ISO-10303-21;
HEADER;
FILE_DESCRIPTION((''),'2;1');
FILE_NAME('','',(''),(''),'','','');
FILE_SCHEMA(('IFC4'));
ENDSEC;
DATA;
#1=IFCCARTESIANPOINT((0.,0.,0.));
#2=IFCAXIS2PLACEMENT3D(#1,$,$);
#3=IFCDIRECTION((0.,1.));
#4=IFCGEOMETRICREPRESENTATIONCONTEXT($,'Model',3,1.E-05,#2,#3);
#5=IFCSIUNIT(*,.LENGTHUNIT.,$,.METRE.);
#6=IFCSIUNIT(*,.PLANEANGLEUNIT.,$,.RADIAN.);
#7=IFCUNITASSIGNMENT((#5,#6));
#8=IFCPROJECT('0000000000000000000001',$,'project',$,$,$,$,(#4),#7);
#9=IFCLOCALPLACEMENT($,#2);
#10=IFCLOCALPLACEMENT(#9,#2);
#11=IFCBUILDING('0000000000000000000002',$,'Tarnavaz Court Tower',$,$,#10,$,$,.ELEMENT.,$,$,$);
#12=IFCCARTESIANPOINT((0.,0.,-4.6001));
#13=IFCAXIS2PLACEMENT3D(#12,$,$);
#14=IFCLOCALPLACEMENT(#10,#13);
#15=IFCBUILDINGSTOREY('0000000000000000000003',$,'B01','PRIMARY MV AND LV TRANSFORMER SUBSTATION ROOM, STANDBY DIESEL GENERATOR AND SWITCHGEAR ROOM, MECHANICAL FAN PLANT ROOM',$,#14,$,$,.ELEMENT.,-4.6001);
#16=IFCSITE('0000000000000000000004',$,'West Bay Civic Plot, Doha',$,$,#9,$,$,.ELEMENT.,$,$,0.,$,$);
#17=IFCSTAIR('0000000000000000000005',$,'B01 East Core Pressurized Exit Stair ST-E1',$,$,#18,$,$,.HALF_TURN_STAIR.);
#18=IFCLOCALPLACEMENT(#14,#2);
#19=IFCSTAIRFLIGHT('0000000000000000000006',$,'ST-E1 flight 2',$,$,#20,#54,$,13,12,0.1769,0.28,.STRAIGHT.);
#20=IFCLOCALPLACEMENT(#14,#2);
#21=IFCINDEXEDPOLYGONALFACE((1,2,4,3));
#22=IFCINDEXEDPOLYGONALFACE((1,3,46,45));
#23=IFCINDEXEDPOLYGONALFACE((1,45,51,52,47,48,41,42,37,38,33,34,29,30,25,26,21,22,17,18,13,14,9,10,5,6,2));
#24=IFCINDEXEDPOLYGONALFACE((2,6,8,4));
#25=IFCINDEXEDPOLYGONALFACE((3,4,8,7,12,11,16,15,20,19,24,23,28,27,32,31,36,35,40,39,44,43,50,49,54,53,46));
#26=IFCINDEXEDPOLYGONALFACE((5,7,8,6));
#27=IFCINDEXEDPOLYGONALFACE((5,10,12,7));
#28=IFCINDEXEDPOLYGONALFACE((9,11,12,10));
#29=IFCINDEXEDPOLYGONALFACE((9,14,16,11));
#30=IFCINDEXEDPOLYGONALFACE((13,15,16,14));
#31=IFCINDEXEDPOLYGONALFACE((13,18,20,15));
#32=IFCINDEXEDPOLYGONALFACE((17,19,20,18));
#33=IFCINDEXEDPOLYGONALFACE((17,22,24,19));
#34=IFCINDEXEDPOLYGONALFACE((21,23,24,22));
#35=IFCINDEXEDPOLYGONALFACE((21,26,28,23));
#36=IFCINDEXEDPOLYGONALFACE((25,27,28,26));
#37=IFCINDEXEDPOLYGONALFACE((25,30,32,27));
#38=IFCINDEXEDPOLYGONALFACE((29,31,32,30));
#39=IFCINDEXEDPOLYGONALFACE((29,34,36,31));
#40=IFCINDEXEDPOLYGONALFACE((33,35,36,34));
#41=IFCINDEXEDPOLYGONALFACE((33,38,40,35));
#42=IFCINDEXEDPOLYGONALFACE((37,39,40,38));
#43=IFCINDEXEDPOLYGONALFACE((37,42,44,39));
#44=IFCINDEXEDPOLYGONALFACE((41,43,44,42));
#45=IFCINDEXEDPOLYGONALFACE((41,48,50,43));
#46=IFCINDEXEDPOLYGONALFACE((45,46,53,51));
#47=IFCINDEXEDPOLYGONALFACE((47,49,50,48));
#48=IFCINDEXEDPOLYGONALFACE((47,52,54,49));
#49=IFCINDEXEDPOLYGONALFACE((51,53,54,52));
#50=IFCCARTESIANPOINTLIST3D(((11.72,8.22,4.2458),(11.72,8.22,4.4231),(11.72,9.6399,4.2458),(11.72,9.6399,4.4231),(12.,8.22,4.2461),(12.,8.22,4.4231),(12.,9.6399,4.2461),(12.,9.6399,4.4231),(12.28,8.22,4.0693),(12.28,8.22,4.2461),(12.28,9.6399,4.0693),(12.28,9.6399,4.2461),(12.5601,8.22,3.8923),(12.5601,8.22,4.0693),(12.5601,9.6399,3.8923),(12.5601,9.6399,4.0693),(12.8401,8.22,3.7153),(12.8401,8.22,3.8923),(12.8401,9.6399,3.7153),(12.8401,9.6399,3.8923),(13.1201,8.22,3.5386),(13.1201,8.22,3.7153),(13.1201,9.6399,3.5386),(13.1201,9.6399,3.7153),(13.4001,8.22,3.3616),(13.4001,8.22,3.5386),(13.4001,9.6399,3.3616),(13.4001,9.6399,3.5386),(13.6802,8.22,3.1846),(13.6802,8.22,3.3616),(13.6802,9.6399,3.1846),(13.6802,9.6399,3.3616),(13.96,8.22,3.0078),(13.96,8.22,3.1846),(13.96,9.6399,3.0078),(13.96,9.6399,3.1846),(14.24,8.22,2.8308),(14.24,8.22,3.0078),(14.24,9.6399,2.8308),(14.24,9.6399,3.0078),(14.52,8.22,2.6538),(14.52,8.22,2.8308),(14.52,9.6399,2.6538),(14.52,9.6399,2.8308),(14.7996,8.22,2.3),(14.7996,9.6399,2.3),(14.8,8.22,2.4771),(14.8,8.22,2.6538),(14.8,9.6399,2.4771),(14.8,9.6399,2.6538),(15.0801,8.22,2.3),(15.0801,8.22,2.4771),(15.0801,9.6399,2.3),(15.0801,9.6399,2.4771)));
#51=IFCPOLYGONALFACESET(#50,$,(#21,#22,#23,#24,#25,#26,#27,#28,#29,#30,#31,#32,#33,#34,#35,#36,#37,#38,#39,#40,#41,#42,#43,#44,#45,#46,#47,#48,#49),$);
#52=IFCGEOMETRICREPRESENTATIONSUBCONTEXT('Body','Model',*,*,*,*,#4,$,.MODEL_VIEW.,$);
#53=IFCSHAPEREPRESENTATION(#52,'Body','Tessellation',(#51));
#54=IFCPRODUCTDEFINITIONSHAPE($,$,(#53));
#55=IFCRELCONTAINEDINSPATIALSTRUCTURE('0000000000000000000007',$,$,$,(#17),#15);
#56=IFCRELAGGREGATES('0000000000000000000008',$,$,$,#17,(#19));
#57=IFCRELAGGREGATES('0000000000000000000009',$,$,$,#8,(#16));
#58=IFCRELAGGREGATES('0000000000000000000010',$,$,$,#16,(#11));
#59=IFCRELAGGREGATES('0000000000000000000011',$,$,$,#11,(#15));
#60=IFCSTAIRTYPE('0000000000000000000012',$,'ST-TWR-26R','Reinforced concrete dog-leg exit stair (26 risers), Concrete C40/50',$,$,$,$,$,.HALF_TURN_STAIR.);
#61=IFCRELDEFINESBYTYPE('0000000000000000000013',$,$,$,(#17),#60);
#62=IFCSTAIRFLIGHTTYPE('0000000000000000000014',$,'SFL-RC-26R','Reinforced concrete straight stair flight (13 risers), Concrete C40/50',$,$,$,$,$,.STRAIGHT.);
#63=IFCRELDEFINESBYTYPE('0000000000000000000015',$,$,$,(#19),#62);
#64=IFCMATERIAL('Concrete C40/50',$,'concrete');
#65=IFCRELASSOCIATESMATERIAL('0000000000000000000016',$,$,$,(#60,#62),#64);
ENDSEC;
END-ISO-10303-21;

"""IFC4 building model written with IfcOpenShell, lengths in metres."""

from ifc_helpers import new_model, si_unit, direction, frame, origin, place, context, subcontext, project, spatial, polyline, outline, extrude, material, type_object, element, aggregate, save


model = new_model("IFC4")

# Units and contexts
model_context = context("Model", 3, precision=1e-05, world=origin(), true_north=direction((0.0, 1.0)))
body_context = subcontext(model_context, "Body", "Model", "MODEL_VIEW")
ifc_project = project(units=[si_unit("LENGTHUNIT", "METRE"), si_unit("PLANEANGLEUNIT", "RADIAN")], contexts=[model_context])

# Site, building, storey
site_placement = place(None, origin())
site = spatial("IfcSite", under=ifc_project, at=site_placement, Name="West Bay Civic Plot, Doha", CompositionType="ELEMENT", RefElevation=0.0)
building_placement = place(site_placement, origin())
building = spatial("IfcBuilding", under=site, at=building_placement, Name="Tarnavaz Court Tower", CompositionType="ELEMENT")
storey_placement = place(building_placement, frame((0.0, 0.0, -4.6001)))
storey = spatial("IfcBuildingStorey", under=building, at=storey_placement, Name="B01", Description="PRIMARY MV AND LV TRANSFORMER SUBSTATION ROOM, STANDBY DIESEL GENERATOR AND SWITCHGEAR ROOM, MECHANICAL FAN PLANT ROOM", CompositionType="ELEMENT", Elevation=-4.6001)

# Stair, stair flight
ifc_material_1 = material(Name="Concrete C40/50", Category="concrete")
stair_type = type_object("IfcStairType", Name="ST-TWR-26R", Description="Reinforced concrete dog-leg exit stair (26 risers), Concrete C40/50", PredefinedType="HALF_TURN_STAIR", material=ifc_material_1)
stair_placement = place(storey_placement, origin())
stair = element("IfcStair", 1, at=stair_placement, inside=storey, type_object=stair_type, Name="B01 East Core Pressurized Exit Stair ST-E1", PredefinedType="HALF_TURN_STAIR")
stair_flight_type = type_object("IfcStairFlightType", Name="SFL-RC-26R", Description="Reinforced concrete straight stair flight (13 risers), Concrete C40/50", PredefinedType="STRAIGHT", material=ifc_material_1)
stair_flight_placement = place(storey_placement, frame((15.0801, 8.9299, 2.3), z_axis=(0.0, 0.0, 1.0), x_axis=(-1.0, 0.0, 0.0)))
stair_flight = element("IfcStairFlight", 2, at=stair_flight_placement, type_object=stair_flight_type, Name="ST-E1 flight 2", NumberOfRisers=13, NumberOfTreads=12, PredefinedType="STRAIGHT", RiserHeight=0.1769, TreadLength=0.28, context=body_context, shape_type="SweptSolid", body=[
    extrude(outline(polyline([(0.0, 0.0), (0.0, 0.177), (0.28, 0.177), (0.28, 0.3538), (0.5601, 0.3538), (0.5601, 0.5308), (0.8401, 0.5308), (0.8401, 0.7078), (1.1201, 0.7078), (1.1201, 0.8845), (1.3999, 0.8845), (1.3999, 1.0615), (1.6799, 1.0615), (1.6799, 1.2385), (1.96, 1.2385), (1.96, 1.4153), (2.24, 1.4153), (2.24, 1.5923), (2.52, 1.5923), (2.52, 1.7693), (2.8, 1.7693), (2.8, 1.946), (3.0801, 1.946), (3.0801, 2.123), (3.3601, 2.123), (3.3601, 2.3), (3.3601, 1.9458), (0.2805, 0.0), (0.0, 0.0)])), frame((0.0, 0.71, 0.0), z_axis=(0.0, -1.0, 0.0), x_axis=(1.0, 0.0, 0.0)), (0.0, 0.0, 1.0), 1.4199),
])
aggregate(stair, [stair_flight])

save(model, "model.ifc")
